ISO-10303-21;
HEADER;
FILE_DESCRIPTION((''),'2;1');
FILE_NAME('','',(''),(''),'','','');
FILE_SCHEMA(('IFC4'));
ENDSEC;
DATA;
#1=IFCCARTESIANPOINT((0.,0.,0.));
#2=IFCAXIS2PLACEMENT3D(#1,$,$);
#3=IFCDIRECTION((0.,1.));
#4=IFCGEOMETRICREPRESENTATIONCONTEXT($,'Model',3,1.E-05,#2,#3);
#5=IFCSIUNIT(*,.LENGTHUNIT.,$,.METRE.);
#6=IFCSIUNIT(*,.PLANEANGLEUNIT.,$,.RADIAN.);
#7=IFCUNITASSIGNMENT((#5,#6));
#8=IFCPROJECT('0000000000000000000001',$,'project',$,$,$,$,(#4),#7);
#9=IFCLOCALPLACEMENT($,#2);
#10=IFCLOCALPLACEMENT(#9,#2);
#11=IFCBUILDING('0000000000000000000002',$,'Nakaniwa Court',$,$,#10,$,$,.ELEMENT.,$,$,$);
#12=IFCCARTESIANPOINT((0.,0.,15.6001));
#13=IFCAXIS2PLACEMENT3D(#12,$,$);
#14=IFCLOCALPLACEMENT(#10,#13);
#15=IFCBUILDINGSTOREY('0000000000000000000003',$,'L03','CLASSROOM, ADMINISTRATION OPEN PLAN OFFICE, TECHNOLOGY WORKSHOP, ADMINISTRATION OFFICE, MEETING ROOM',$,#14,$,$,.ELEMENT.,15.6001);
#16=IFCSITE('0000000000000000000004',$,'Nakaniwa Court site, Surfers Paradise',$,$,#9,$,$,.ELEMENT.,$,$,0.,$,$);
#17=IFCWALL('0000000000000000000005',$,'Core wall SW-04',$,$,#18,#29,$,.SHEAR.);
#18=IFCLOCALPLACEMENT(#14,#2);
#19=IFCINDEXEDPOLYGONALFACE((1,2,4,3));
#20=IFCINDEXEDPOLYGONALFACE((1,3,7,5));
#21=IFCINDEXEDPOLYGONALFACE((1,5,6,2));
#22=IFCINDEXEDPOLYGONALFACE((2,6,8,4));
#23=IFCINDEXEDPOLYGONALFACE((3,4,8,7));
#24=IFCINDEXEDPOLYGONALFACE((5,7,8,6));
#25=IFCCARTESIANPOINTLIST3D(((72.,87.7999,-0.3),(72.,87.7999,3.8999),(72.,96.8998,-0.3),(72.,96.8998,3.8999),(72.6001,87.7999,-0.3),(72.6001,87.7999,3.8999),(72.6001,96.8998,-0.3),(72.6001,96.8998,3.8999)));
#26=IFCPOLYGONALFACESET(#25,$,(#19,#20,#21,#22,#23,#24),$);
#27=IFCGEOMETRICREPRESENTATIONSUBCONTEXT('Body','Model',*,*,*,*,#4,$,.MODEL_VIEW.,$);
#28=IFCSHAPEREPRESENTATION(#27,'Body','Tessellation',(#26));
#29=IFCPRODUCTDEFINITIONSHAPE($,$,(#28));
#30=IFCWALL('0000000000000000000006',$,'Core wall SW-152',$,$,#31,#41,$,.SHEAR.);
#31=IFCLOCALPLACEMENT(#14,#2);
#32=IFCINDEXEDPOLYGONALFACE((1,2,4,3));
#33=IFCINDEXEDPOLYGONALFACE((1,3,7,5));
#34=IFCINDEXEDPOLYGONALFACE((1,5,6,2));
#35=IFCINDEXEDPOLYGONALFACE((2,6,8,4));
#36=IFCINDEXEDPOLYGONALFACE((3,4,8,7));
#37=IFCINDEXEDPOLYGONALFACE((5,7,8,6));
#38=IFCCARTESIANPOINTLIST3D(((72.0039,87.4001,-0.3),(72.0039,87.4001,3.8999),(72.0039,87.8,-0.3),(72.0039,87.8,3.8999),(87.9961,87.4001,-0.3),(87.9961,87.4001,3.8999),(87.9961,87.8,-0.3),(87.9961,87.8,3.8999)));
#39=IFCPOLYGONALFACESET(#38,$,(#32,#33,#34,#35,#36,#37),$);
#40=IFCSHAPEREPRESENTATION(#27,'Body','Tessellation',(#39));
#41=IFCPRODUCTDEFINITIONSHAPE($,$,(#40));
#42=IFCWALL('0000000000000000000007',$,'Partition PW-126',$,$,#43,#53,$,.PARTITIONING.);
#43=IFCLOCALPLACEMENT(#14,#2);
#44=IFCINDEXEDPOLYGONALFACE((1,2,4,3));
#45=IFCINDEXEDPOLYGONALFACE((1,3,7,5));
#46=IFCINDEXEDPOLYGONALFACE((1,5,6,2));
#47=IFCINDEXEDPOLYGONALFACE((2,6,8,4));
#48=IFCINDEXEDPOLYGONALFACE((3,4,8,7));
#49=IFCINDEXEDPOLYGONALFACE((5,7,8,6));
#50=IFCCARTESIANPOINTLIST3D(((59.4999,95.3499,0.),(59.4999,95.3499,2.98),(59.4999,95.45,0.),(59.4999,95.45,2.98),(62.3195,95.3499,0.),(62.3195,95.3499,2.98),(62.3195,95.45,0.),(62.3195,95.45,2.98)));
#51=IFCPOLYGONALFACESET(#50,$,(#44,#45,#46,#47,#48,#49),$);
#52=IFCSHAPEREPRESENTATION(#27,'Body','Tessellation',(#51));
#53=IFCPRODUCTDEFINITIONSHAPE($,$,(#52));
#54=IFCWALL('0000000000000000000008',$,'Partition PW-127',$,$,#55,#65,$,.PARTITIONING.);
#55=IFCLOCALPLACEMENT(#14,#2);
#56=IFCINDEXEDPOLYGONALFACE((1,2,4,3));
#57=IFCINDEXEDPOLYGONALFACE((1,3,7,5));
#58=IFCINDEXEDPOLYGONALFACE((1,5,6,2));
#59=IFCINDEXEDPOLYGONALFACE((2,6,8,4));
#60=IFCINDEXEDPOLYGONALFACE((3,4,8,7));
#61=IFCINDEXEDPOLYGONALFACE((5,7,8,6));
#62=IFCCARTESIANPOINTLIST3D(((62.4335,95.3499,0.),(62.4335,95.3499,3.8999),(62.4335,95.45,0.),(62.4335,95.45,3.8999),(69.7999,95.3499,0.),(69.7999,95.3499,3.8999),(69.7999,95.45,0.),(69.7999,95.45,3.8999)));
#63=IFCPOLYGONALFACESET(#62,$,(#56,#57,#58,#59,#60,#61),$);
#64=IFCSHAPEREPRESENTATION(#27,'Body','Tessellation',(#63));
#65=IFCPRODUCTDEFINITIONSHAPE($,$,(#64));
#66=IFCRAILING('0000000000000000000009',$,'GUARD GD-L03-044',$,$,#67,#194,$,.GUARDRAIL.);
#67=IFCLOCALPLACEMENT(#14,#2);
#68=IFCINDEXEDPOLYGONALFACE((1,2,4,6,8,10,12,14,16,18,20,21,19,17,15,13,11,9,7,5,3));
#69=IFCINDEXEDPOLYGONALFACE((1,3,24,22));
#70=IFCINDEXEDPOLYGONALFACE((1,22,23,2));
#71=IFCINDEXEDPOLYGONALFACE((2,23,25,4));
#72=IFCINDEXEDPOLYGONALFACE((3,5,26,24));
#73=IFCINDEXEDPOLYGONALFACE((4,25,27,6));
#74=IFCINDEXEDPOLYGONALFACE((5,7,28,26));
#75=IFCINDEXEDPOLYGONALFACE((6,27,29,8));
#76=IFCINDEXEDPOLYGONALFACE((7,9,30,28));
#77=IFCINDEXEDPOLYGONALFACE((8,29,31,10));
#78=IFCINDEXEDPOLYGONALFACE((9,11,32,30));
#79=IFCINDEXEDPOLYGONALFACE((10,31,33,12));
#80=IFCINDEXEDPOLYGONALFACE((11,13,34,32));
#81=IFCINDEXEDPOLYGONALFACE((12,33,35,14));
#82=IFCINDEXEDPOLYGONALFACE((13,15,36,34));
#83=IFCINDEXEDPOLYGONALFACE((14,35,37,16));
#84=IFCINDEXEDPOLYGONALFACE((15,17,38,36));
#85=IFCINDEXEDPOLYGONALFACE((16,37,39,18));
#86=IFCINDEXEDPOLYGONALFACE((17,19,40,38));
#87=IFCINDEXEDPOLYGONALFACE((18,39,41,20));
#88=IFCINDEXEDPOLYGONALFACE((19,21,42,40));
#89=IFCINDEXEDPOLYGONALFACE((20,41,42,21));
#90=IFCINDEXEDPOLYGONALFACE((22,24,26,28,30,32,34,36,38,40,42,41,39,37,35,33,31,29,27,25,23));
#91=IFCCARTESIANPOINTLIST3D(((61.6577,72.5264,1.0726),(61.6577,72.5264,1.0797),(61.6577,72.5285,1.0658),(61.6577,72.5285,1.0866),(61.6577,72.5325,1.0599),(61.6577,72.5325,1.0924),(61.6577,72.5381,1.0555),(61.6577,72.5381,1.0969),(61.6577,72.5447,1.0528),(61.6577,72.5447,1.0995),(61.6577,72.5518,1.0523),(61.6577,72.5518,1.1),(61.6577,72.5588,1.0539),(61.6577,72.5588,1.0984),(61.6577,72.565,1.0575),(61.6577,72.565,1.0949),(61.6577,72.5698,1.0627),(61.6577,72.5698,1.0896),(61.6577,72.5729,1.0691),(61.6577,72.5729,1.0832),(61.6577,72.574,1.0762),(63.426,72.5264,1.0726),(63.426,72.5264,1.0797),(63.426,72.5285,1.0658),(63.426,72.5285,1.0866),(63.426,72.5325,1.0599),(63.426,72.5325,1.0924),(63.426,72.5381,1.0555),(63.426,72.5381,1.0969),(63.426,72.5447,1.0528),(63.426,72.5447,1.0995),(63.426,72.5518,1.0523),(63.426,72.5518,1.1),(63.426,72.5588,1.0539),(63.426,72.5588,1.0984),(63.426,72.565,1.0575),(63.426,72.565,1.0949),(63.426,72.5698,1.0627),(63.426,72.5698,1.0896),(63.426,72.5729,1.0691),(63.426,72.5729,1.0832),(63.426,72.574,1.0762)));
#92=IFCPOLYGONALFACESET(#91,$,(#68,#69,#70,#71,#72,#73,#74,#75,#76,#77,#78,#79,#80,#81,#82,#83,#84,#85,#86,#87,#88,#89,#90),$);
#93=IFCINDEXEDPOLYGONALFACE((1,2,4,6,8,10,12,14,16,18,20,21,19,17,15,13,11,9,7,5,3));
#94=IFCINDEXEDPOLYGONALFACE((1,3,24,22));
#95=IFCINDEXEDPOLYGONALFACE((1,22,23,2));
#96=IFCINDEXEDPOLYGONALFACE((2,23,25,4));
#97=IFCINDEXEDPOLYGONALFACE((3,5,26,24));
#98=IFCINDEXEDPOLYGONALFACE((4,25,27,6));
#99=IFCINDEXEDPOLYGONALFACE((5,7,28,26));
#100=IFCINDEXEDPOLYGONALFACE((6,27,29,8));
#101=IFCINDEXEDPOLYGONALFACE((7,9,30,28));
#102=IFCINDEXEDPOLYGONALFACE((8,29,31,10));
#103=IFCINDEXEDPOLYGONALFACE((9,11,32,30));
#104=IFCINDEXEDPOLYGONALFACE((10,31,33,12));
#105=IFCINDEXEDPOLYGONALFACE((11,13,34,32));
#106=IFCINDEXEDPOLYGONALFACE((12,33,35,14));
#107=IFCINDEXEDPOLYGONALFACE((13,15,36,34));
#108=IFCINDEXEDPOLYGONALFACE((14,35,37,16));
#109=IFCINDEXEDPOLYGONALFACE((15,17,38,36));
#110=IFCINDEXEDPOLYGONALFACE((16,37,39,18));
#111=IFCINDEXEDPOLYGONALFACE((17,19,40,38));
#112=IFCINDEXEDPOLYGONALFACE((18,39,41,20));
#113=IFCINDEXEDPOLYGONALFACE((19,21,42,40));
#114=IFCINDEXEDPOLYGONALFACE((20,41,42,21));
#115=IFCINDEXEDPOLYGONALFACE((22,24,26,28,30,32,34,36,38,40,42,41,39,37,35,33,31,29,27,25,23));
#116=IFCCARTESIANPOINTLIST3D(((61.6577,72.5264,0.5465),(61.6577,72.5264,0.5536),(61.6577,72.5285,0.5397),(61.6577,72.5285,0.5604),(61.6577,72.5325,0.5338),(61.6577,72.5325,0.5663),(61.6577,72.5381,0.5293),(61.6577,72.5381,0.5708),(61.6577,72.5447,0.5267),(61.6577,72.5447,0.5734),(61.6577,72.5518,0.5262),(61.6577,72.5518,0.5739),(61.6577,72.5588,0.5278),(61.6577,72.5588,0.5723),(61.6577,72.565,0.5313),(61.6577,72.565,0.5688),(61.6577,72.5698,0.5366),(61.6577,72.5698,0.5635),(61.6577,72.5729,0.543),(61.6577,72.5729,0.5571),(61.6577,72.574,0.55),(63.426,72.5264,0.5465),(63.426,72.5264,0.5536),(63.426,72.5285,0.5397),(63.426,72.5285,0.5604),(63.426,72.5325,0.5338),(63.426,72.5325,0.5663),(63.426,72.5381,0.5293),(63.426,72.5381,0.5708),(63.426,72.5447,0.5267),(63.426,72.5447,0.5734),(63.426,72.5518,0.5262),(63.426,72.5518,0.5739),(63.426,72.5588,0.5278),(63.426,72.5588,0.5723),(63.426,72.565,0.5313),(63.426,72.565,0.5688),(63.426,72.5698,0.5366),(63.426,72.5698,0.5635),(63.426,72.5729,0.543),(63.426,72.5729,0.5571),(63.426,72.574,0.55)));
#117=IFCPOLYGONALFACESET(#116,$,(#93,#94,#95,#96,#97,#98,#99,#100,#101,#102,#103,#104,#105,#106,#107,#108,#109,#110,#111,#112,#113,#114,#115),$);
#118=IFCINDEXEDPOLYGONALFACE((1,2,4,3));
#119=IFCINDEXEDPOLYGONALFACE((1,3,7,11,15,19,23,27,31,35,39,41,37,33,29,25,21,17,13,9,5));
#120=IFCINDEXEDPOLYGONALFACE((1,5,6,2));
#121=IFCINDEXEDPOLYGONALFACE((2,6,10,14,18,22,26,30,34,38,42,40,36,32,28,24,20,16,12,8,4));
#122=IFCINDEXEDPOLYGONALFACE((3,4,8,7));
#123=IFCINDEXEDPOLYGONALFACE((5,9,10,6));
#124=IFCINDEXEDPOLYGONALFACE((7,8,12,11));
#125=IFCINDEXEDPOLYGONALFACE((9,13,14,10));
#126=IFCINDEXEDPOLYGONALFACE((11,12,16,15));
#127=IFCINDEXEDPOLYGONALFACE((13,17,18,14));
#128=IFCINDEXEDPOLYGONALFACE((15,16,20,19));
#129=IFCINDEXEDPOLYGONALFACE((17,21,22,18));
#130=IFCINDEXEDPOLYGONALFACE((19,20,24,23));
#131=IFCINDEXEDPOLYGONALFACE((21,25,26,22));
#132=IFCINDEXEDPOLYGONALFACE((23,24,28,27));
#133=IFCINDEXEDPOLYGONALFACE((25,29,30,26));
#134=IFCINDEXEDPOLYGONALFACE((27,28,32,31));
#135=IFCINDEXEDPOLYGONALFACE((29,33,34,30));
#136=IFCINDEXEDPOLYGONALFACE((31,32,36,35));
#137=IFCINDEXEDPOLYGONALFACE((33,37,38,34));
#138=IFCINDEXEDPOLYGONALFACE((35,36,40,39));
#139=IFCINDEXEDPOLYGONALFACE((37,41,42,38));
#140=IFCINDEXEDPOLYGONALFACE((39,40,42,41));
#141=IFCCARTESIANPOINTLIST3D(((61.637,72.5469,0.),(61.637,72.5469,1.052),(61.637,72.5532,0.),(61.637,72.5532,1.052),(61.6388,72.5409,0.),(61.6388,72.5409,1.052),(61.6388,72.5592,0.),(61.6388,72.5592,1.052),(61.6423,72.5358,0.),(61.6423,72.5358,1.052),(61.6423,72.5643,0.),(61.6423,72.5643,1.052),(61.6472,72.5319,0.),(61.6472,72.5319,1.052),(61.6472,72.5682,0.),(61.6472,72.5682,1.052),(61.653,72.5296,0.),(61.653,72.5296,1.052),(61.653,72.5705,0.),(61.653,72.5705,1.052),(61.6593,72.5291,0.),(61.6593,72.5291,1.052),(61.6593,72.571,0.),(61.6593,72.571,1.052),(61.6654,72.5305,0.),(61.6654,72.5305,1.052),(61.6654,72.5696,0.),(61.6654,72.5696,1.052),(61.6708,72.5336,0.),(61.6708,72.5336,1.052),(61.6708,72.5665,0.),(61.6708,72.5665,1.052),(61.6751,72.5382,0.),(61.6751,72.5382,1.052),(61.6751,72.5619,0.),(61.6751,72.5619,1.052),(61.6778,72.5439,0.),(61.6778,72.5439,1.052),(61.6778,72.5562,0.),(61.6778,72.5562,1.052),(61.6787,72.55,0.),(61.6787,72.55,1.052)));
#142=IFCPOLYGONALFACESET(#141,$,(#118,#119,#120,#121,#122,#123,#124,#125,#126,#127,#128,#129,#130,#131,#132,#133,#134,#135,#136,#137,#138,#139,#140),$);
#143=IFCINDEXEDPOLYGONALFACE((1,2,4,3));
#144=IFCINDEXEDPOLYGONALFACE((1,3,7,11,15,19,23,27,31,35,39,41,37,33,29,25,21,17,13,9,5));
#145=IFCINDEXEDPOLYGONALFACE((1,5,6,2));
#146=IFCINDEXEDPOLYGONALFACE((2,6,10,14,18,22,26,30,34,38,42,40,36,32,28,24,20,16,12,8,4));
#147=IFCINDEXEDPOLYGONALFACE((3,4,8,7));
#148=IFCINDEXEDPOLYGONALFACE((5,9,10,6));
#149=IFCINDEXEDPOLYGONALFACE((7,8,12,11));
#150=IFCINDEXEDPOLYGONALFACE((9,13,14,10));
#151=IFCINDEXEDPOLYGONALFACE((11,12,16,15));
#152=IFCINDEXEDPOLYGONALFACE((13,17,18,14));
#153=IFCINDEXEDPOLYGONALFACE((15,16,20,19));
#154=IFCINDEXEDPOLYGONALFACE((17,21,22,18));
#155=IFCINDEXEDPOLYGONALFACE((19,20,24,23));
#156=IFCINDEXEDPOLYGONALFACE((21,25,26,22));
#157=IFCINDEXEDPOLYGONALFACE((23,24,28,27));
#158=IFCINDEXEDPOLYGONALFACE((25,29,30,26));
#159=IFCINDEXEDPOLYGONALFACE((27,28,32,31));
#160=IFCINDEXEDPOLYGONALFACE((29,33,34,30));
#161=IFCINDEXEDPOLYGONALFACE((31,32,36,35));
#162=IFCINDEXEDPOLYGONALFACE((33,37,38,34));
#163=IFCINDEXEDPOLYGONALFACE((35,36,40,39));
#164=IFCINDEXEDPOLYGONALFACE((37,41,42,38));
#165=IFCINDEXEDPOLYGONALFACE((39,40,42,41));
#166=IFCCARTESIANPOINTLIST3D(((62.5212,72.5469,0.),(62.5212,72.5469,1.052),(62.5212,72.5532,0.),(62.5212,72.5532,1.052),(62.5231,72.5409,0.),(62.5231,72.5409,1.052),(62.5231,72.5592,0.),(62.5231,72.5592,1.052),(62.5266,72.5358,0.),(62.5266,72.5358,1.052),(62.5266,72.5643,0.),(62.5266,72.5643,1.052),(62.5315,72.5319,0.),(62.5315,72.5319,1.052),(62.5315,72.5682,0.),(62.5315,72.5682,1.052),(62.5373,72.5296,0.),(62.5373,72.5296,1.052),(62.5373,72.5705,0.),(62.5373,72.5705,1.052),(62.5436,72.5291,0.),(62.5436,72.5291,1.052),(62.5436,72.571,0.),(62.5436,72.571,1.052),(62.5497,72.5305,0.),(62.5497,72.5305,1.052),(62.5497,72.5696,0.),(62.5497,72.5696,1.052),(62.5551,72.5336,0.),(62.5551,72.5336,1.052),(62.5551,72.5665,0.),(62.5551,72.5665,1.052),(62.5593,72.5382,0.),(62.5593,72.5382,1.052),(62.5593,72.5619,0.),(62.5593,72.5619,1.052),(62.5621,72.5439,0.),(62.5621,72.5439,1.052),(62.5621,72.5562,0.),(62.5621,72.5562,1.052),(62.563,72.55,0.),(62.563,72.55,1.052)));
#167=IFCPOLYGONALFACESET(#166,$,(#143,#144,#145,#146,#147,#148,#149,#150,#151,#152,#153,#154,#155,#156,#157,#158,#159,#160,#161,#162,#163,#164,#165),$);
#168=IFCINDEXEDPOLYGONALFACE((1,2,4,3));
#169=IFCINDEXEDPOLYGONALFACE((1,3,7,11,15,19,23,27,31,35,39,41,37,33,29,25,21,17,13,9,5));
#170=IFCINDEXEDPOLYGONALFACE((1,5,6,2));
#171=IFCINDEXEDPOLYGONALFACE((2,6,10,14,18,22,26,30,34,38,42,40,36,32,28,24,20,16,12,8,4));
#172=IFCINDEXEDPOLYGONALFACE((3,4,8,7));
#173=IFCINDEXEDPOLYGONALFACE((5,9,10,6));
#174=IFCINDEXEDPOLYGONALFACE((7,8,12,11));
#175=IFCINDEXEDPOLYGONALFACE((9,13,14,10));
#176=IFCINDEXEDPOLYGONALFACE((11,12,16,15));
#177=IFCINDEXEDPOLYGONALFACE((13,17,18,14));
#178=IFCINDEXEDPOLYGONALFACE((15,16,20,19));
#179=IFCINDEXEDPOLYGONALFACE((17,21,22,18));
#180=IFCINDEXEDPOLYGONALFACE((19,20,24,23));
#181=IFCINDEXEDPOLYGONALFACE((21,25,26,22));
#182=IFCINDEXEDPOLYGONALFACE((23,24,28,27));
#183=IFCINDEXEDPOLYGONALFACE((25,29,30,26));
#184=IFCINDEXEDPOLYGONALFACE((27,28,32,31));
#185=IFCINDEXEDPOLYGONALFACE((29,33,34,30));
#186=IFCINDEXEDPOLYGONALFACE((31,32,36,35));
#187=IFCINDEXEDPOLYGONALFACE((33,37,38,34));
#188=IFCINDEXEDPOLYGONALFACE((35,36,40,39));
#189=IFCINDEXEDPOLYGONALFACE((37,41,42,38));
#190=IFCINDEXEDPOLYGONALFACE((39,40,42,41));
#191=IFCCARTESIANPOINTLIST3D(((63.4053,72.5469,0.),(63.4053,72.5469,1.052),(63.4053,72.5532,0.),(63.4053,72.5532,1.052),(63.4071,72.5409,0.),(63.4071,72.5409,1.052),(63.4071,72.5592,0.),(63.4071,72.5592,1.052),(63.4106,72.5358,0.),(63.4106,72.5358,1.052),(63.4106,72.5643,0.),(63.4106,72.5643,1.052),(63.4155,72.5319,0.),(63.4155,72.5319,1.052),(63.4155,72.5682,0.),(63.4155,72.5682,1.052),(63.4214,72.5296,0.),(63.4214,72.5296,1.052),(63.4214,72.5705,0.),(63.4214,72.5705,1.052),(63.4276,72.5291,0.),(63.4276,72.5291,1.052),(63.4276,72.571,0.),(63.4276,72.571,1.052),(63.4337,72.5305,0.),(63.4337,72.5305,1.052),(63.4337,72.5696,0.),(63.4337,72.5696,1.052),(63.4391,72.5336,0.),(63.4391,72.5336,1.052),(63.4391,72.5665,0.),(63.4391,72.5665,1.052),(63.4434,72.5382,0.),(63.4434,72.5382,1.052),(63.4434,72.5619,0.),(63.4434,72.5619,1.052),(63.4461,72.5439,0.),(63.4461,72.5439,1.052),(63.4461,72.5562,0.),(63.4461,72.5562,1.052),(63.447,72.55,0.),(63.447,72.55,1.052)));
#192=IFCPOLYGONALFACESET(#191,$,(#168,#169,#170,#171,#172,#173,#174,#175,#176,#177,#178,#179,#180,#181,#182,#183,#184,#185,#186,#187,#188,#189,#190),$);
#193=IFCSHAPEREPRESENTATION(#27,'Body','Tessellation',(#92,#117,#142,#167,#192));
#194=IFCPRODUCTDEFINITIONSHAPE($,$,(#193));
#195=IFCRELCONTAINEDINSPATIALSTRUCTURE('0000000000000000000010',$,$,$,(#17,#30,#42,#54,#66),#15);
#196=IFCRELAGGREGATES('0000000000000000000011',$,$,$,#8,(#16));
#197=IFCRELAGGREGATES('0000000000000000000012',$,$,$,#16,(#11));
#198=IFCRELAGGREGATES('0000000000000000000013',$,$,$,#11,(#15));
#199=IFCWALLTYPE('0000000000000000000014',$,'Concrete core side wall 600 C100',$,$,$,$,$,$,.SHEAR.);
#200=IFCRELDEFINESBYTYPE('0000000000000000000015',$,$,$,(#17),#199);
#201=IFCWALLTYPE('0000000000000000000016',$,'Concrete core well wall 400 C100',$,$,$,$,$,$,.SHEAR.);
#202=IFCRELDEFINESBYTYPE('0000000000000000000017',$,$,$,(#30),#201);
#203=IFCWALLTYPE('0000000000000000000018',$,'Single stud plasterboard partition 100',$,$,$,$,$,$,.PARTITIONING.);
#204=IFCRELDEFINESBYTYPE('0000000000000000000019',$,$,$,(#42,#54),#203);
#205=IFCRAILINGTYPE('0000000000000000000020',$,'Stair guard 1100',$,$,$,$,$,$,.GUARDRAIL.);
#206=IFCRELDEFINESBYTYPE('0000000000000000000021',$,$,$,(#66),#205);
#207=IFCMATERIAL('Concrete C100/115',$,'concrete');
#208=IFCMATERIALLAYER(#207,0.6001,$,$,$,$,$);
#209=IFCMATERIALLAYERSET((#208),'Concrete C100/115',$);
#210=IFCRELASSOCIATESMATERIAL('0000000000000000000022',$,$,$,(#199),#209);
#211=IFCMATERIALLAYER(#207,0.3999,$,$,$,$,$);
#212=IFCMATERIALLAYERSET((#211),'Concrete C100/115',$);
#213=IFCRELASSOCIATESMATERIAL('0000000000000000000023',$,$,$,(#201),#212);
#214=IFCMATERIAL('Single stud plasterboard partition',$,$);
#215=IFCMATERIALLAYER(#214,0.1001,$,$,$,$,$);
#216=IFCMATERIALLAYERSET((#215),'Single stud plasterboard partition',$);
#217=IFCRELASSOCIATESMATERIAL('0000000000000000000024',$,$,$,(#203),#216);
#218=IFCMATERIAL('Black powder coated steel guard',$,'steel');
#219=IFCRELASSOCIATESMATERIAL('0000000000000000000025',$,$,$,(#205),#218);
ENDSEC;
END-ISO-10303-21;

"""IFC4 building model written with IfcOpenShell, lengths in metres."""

from ifc_helpers import new_model, si_unit, direction, frame, frame_2d, origin, origin_2d, place, context, subcontext, project, spatial, rectangle, circle, extrude, material, layer, layer_set, type_object, element, save


model = new_model("IFC4")

# Units and contexts
model_context = context("Model", 3, precision=1e-05, world=origin(), true_north=direction((0.0, 1.0)))
body_context = subcontext(model_context, "Body", "Model", "MODEL_VIEW")
ifc_project = project(units=[si_unit("LENGTHUNIT", "METRE"), si_unit("PLANEANGLEUNIT", "RADIAN")], contexts=[model_context])

# Site, building, storey
site_placement = place(None, origin())
site = spatial("IfcSite", under=ifc_project, at=site_placement, Name="Nakaniwa Court site, Surfers Paradise", CompositionType="ELEMENT", RefElevation=0.0)
building_placement = place(site_placement, origin())
building = spatial("IfcBuilding", under=site, at=building_placement, Name="Nakaniwa Court", CompositionType="ELEMENT")
storey_placement = place(building_placement, frame((0.0, 0.0, 15.6001)))
storey = spatial("IfcBuildingStorey", under=building, at=storey_placement, Name="L03", Description="CLASSROOM, ADMINISTRATION OPEN PLAN OFFICE, TECHNOLOGY WORKSHOP, ADMINISTRATION OFFICE, MEETING ROOM", CompositionType="ELEMENT", Elevation=15.6001)

# Shared definitions
ifc_material_1 = material(Name="Concrete C100/115", Category="concrete")

# Walls
ifc_layer_1 = layer(ifc_material_1, 0.6001)
ifc_layer_set_1 = layer_set([ifc_layer_1], Name="Concrete C100/115")
wall_type_1 = type_object("IfcWallType", Name="Concrete core side wall 600 C100", PredefinedType="SHEAR", material=ifc_layer_set_1)
wall_1_placement = place(storey_placement, frame((72.3, 87.8, -0.3), z_axis=(0.0, 0.0, 1.0), x_axis=(0.0, 1.0, 0.0)))
element("IfcWall", 1, at=wall_1_placement, inside=storey, type_object=wall_type_1, Name="Core wall SW-04", PredefinedType="SHEAR", context=body_context, shape_type="SweptSolid", body=[
    extrude(rectangle(XDim=9.0999, YDim=0.6001, at=frame_2d((4.5498, 0.0))), origin(), (0.0, 0.0, 1.0), 4.2),
])
ifc_layer_2 = layer(ifc_material_1, 0.3999)
ifc_layer_set_2 = layer_set([ifc_layer_2], Name="Concrete C100/115")
wall_type_2 = type_object("IfcWallType", Name="Concrete core well wall 400 C100", PredefinedType="SHEAR", material=ifc_layer_set_2)
wall_2_placement = place(storey_placement, frame((72.0039, 87.6001, -0.3), z_axis=(0.0, 0.0, 1.0), x_axis=(1.0, 0.0, 0.0)))
element("IfcWall", 2, at=wall_2_placement, inside=storey, type_object=wall_type_2, Name="Core wall SW-152", PredefinedType="SHEAR", context=body_context, shape_type="SweptSolid", body=[
    extrude(rectangle(XDim=15.9922, YDim=0.3999, at=frame_2d((7.9961, 0.0))), origin(), (0.0, 0.0, 1.0), 4.2),
])
ifc_material_2 = material(Name="Single stud plasterboard partition")
ifc_layer_3 = layer(ifc_material_2, 0.1001)
ifc_layer_set_3 = layer_set([ifc_layer_3], Name="Single stud plasterboard partition")
wall_type_3 = type_object("IfcWallType", Name="Single stud plasterboard partition 100", PredefinedType="PARTITIONING", material=ifc_layer_set_3)
wall_3_placement = place(storey_placement, frame((59.5, 95.3999, 0.0), z_axis=(0.0, 0.0, 1.0), x_axis=(1.0, 0.0, 0.0)))
element("IfcWall", 3, at=wall_3_placement, inside=storey, type_object=wall_type_3, Name="Partition PW-126", PredefinedType="PARTITIONING", context=body_context, shape_type="SweptSolid", body=[
    extrude(rectangle(XDim=2.8196, YDim=0.1001, at=frame_2d((1.4097, 0.0))), origin(), (0.0, 0.0, 1.0), 2.98),
])
wall_4_placement = place(storey_placement, frame((62.4336, 95.3999, 0.0), z_axis=(0.0, 0.0, 1.0), x_axis=(1.0, 0.0, 0.0)))
element("IfcWall", 4, at=wall_4_placement, inside=storey, type_object=wall_type_3, Name="Partition PW-127", PredefinedType="PARTITIONING", context=body_context, shape_type="SweptSolid", body=[
    extrude(rectangle(XDim=7.3665, YDim=0.1001, at=frame_2d((3.6831, 0.0))), origin(), (0.0, 0.0, 1.0), 3.8999),
])

# Railing
ifc_material_3 = material(Name="Black powder coated steel guard", Category="steel")
railing_type = type_object("IfcRailingType", Name="Stair guard 1100", PredefinedType="GUARDRAIL", material=ifc_material_3)
railing_1_placement = place(storey_placement, frame((61.6577, 72.55, 0.0)))
element("IfcRailing", 5, at=railing_1_placement, inside=storey, type_object=railing_type, Name="GUARD GD-L03-044", PredefinedType="GUARDRAIL", context=body_context, shape_type="SweptSolid", body=[
    extrude(circle(Radius=0.0239, at=origin_2d()), frame((0.0, 0.0, 1.0762), z_axis=(1.0, 0.0, 0.0), x_axis=(0.0, 1.0, 0.0)), (0.0, 0.0, 1.0), 1.7683),
    extrude(circle(Radius=0.0239, at=origin_2d()), frame((0.0, 0.0, 0.55), z_axis=(1.0, 0.0, 0.0), x_axis=(0.0, 1.0, 0.0)), (0.0, 0.0, 1.0), 1.7683),
    extrude(circle(Radius=0.021, at=origin_2d()), origin(), (0.0, 0.0, 1.0), 1.052),
    extrude(circle(Radius=0.021, at=origin_2d()), frame((0.8843, 0.0, 0.0)), (0.0, 0.0, 1.0), 1.052),
    extrude(circle(Radius=0.021, at=origin_2d()), frame((1.7683, 0.0, 0.0)), (0.0, 0.0, 1.0), 1.052),
])

save(model, "model.ifc")
